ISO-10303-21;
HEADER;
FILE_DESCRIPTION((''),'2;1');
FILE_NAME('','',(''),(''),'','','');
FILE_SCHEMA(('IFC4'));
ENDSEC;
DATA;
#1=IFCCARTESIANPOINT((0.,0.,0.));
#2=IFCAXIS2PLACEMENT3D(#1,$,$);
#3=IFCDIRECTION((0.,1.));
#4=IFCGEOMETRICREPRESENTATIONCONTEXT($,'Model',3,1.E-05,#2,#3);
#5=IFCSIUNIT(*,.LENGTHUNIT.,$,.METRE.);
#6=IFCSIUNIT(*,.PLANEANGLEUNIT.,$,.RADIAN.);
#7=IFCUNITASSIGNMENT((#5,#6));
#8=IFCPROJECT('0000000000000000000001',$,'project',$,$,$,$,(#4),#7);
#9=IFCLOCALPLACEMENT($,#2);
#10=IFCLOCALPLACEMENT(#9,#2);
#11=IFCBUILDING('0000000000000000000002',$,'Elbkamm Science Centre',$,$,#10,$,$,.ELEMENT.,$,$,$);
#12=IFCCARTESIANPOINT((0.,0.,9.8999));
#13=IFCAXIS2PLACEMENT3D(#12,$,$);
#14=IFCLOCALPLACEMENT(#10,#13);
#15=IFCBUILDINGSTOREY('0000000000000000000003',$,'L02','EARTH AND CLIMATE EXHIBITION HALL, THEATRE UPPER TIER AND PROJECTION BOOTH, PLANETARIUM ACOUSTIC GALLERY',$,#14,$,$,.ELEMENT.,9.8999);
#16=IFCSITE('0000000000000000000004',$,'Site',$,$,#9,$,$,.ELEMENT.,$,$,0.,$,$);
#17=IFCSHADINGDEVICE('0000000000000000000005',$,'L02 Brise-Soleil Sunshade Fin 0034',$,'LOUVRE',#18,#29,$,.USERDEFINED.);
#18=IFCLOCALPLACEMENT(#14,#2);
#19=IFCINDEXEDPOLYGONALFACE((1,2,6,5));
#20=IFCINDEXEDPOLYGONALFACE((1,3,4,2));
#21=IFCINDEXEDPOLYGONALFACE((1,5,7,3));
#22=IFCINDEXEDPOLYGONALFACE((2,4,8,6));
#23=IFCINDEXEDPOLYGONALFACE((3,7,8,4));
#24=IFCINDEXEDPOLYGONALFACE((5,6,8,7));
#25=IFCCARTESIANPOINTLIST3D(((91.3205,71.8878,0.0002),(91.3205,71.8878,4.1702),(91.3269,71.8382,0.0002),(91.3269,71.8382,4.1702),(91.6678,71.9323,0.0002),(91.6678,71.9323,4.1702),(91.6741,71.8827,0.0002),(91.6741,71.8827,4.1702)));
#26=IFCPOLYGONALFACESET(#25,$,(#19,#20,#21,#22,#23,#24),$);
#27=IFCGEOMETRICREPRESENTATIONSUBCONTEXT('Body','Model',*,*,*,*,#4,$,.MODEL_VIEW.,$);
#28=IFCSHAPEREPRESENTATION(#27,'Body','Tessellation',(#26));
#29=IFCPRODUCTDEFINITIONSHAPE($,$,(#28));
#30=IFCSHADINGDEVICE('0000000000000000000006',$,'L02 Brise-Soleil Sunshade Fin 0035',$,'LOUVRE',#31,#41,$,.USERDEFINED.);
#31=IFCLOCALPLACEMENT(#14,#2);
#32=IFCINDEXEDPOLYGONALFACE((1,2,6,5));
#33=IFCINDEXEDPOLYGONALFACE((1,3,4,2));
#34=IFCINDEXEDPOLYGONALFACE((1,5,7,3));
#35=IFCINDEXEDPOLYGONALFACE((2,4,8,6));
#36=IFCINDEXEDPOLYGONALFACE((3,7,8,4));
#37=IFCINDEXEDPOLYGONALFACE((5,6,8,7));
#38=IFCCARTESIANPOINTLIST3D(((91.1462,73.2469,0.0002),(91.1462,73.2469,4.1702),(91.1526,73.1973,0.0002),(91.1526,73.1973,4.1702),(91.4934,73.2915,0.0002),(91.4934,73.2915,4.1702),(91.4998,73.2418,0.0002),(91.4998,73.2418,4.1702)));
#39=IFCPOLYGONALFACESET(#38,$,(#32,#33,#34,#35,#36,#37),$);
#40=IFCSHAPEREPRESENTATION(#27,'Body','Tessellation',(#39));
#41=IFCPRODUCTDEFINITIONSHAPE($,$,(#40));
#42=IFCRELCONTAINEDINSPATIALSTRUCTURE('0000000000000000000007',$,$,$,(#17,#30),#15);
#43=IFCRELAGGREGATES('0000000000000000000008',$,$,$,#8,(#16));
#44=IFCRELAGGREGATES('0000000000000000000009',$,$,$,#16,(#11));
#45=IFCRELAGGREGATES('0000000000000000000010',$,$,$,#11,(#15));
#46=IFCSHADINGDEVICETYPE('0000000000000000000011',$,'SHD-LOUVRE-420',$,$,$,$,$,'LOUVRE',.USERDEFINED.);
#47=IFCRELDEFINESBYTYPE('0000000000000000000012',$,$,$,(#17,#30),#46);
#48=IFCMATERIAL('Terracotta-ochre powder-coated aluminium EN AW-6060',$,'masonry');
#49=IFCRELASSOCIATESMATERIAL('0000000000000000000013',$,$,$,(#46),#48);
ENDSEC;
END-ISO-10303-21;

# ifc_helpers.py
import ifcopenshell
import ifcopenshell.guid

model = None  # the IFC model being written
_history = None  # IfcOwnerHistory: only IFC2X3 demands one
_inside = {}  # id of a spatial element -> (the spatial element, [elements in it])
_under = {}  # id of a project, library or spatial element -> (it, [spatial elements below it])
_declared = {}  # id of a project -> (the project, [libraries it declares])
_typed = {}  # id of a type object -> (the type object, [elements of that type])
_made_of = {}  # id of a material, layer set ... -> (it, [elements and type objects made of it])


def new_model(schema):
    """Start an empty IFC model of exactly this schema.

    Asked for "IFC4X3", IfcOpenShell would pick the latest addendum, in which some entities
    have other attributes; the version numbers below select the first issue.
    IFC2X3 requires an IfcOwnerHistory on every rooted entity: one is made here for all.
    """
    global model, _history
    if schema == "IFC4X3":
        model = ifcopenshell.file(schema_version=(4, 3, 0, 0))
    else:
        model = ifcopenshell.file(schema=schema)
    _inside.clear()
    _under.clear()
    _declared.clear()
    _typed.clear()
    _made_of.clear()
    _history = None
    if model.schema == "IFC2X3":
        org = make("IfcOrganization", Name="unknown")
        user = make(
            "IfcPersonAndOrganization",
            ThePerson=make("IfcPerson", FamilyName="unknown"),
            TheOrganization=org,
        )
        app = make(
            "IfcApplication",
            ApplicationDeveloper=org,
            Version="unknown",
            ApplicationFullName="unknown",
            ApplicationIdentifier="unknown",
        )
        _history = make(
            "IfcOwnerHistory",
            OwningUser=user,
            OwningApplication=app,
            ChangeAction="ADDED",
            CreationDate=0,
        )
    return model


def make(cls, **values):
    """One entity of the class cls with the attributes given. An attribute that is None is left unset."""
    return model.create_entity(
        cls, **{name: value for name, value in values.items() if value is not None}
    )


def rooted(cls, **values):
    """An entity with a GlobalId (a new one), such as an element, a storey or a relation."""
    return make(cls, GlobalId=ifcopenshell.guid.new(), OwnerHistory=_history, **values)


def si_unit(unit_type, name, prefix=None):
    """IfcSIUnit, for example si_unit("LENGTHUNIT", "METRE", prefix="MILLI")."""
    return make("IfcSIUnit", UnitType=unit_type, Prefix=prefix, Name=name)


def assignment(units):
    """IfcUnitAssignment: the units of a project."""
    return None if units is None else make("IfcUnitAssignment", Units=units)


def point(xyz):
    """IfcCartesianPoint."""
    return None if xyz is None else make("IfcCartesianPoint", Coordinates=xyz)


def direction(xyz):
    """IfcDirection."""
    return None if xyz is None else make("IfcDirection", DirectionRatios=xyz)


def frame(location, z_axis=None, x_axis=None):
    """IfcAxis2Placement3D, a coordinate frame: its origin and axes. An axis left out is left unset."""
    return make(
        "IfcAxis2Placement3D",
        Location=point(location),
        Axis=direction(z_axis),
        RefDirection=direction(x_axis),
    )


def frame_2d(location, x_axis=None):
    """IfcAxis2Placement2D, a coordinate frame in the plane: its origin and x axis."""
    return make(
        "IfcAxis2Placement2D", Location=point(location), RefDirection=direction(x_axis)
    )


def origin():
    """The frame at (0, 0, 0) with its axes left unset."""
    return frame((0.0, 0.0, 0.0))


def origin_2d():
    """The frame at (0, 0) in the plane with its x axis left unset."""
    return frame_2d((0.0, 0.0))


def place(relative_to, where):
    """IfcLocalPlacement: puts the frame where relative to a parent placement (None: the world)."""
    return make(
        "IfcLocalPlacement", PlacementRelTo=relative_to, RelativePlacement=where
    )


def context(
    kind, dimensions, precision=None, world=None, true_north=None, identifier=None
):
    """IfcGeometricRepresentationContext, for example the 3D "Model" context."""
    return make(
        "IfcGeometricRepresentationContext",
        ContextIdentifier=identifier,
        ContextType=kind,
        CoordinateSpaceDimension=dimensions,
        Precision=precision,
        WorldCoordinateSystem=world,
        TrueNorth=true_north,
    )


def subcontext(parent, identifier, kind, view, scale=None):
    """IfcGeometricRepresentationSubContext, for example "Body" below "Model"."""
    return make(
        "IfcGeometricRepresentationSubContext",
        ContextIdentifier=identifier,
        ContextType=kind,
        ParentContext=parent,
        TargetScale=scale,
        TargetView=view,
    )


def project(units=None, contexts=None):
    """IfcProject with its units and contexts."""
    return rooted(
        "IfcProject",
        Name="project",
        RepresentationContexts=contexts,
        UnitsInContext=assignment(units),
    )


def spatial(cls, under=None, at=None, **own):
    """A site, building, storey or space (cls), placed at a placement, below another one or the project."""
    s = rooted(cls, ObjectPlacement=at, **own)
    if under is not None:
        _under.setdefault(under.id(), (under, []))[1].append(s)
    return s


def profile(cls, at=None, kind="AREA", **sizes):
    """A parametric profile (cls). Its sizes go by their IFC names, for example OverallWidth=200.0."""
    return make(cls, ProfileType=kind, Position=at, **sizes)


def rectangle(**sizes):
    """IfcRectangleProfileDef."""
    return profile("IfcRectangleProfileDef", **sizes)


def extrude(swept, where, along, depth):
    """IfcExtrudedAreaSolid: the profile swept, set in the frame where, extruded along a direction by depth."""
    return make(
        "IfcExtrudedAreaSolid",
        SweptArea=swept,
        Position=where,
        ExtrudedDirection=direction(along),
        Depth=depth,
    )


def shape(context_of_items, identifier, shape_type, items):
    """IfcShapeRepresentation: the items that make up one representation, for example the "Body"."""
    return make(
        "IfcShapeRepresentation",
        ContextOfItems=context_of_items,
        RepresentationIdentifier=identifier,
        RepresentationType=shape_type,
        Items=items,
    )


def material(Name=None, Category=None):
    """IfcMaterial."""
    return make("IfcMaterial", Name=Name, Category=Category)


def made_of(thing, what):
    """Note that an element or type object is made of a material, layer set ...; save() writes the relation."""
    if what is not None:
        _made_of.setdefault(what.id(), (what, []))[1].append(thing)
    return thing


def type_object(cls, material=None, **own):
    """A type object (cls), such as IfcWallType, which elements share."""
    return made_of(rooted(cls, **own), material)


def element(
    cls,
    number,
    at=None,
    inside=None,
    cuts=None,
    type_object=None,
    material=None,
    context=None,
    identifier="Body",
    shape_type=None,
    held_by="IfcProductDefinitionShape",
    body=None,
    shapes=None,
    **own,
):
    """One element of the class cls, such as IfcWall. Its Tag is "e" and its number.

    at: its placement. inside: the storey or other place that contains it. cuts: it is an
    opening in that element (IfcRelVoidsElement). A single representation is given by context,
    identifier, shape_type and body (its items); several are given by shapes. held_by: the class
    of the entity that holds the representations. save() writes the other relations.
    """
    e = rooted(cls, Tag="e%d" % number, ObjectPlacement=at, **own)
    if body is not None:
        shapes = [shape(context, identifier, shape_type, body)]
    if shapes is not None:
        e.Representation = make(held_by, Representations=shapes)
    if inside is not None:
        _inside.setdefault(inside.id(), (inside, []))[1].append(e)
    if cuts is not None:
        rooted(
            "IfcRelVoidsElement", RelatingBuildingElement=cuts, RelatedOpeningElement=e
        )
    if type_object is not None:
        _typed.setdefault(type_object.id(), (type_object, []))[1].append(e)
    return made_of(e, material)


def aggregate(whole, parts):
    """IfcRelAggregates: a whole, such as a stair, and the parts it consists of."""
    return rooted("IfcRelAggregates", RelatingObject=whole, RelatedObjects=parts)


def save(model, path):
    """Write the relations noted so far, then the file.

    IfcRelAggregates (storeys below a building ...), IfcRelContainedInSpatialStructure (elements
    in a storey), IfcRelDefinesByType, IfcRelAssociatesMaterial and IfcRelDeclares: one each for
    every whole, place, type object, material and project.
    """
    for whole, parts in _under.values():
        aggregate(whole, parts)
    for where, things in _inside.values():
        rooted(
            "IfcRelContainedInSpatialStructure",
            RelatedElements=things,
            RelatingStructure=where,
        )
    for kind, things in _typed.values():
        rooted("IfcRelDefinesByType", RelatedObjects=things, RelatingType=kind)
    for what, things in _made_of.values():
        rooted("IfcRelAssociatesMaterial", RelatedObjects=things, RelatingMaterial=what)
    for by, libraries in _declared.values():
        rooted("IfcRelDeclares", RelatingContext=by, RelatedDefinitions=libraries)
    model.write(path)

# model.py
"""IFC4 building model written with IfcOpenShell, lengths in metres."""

from ifc_helpers import new_model, si_unit, direction, frame, origin, origin_2d, place, context, subcontext, project, spatial, rectangle, extrude, material, type_object, element, save


model = new_model("IFC4")

# Units and contexts
model_context = context("Model", 3, precision=1e-05, world=origin(), true_north=direction((0.0, 1.0)))
body_context = subcontext(model_context, "Body", "Model", "MODEL_VIEW")
ifc_project = project(units=[si_unit("LENGTHUNIT", "METRE"), si_unit("PLANEANGLEUNIT", "RADIAN")], contexts=[model_context])

# Site, building, storey
site_placement = place(None, origin())
site = spatial("IfcSite", under=ifc_project, at=site_placement, Name="Site", CompositionType="ELEMENT", RefElevation=0.0)
building_placement = place(site_placement, origin())
building = spatial("IfcBuilding", under=site, at=building_placement, Name="Elbkamm Science Centre", CompositionType="ELEMENT")
storey_placement = place(building_placement, frame((0.0, 0.0, 9.8999)))
storey = spatial("IfcBuildingStorey", under=building, at=storey_placement, Name="L02", Description="EARTH AND CLIMATE EXHIBITION HALL, THEATRE UPPER TIER AND PROJECTION BOOTH, PLANETARIUM ACOUSTIC GALLERY", CompositionType="ELEMENT", Elevation=9.8999)

# Shading devices
ifc_material_1 = material(Name="Terracotta-ochre powder-coated aluminium EN AW-6060", Category="masonry")
shading_device_type = type_object("IfcShadingDeviceType", Name="SHD-LOUVRE-420", ElementType="LOUVRE", PredefinedType="USERDEFINED", material=ifc_material_1)
for number, where, z_axis, x_axis, name in (
    (1, (91.4973, 71.8853, 0.0002), (0.0, 0.0, 1.0), (0.99188, 0.127174, 0.0), "L02 Brise-Soleil Sunshade Fin 0034"),
    (2, (91.323, 73.2444, 0.0002), (0.0, 0.0, 1.0), (0.99188, 0.127174, 0.0), "L02 Brise-Soleil Sunshade Fin 0035"),
):
    element("IfcShadingDevice", number, at=place(storey_placement, frame(where, z_axis=z_axis, x_axis=x_axis)), inside=storey, type_object=shading_device_type, Name=name, ObjectType="LOUVRE", PredefinedType="USERDEFINED", context=body_context, shape_type="SweptSolid", body=[
        extrude(rectangle(XDim=0.3501, YDim=0.05, at=origin_2d()), origin(), (0.0, 0.0, 1.0), 4.1699),
    ])

save(model, "model.ifc")
